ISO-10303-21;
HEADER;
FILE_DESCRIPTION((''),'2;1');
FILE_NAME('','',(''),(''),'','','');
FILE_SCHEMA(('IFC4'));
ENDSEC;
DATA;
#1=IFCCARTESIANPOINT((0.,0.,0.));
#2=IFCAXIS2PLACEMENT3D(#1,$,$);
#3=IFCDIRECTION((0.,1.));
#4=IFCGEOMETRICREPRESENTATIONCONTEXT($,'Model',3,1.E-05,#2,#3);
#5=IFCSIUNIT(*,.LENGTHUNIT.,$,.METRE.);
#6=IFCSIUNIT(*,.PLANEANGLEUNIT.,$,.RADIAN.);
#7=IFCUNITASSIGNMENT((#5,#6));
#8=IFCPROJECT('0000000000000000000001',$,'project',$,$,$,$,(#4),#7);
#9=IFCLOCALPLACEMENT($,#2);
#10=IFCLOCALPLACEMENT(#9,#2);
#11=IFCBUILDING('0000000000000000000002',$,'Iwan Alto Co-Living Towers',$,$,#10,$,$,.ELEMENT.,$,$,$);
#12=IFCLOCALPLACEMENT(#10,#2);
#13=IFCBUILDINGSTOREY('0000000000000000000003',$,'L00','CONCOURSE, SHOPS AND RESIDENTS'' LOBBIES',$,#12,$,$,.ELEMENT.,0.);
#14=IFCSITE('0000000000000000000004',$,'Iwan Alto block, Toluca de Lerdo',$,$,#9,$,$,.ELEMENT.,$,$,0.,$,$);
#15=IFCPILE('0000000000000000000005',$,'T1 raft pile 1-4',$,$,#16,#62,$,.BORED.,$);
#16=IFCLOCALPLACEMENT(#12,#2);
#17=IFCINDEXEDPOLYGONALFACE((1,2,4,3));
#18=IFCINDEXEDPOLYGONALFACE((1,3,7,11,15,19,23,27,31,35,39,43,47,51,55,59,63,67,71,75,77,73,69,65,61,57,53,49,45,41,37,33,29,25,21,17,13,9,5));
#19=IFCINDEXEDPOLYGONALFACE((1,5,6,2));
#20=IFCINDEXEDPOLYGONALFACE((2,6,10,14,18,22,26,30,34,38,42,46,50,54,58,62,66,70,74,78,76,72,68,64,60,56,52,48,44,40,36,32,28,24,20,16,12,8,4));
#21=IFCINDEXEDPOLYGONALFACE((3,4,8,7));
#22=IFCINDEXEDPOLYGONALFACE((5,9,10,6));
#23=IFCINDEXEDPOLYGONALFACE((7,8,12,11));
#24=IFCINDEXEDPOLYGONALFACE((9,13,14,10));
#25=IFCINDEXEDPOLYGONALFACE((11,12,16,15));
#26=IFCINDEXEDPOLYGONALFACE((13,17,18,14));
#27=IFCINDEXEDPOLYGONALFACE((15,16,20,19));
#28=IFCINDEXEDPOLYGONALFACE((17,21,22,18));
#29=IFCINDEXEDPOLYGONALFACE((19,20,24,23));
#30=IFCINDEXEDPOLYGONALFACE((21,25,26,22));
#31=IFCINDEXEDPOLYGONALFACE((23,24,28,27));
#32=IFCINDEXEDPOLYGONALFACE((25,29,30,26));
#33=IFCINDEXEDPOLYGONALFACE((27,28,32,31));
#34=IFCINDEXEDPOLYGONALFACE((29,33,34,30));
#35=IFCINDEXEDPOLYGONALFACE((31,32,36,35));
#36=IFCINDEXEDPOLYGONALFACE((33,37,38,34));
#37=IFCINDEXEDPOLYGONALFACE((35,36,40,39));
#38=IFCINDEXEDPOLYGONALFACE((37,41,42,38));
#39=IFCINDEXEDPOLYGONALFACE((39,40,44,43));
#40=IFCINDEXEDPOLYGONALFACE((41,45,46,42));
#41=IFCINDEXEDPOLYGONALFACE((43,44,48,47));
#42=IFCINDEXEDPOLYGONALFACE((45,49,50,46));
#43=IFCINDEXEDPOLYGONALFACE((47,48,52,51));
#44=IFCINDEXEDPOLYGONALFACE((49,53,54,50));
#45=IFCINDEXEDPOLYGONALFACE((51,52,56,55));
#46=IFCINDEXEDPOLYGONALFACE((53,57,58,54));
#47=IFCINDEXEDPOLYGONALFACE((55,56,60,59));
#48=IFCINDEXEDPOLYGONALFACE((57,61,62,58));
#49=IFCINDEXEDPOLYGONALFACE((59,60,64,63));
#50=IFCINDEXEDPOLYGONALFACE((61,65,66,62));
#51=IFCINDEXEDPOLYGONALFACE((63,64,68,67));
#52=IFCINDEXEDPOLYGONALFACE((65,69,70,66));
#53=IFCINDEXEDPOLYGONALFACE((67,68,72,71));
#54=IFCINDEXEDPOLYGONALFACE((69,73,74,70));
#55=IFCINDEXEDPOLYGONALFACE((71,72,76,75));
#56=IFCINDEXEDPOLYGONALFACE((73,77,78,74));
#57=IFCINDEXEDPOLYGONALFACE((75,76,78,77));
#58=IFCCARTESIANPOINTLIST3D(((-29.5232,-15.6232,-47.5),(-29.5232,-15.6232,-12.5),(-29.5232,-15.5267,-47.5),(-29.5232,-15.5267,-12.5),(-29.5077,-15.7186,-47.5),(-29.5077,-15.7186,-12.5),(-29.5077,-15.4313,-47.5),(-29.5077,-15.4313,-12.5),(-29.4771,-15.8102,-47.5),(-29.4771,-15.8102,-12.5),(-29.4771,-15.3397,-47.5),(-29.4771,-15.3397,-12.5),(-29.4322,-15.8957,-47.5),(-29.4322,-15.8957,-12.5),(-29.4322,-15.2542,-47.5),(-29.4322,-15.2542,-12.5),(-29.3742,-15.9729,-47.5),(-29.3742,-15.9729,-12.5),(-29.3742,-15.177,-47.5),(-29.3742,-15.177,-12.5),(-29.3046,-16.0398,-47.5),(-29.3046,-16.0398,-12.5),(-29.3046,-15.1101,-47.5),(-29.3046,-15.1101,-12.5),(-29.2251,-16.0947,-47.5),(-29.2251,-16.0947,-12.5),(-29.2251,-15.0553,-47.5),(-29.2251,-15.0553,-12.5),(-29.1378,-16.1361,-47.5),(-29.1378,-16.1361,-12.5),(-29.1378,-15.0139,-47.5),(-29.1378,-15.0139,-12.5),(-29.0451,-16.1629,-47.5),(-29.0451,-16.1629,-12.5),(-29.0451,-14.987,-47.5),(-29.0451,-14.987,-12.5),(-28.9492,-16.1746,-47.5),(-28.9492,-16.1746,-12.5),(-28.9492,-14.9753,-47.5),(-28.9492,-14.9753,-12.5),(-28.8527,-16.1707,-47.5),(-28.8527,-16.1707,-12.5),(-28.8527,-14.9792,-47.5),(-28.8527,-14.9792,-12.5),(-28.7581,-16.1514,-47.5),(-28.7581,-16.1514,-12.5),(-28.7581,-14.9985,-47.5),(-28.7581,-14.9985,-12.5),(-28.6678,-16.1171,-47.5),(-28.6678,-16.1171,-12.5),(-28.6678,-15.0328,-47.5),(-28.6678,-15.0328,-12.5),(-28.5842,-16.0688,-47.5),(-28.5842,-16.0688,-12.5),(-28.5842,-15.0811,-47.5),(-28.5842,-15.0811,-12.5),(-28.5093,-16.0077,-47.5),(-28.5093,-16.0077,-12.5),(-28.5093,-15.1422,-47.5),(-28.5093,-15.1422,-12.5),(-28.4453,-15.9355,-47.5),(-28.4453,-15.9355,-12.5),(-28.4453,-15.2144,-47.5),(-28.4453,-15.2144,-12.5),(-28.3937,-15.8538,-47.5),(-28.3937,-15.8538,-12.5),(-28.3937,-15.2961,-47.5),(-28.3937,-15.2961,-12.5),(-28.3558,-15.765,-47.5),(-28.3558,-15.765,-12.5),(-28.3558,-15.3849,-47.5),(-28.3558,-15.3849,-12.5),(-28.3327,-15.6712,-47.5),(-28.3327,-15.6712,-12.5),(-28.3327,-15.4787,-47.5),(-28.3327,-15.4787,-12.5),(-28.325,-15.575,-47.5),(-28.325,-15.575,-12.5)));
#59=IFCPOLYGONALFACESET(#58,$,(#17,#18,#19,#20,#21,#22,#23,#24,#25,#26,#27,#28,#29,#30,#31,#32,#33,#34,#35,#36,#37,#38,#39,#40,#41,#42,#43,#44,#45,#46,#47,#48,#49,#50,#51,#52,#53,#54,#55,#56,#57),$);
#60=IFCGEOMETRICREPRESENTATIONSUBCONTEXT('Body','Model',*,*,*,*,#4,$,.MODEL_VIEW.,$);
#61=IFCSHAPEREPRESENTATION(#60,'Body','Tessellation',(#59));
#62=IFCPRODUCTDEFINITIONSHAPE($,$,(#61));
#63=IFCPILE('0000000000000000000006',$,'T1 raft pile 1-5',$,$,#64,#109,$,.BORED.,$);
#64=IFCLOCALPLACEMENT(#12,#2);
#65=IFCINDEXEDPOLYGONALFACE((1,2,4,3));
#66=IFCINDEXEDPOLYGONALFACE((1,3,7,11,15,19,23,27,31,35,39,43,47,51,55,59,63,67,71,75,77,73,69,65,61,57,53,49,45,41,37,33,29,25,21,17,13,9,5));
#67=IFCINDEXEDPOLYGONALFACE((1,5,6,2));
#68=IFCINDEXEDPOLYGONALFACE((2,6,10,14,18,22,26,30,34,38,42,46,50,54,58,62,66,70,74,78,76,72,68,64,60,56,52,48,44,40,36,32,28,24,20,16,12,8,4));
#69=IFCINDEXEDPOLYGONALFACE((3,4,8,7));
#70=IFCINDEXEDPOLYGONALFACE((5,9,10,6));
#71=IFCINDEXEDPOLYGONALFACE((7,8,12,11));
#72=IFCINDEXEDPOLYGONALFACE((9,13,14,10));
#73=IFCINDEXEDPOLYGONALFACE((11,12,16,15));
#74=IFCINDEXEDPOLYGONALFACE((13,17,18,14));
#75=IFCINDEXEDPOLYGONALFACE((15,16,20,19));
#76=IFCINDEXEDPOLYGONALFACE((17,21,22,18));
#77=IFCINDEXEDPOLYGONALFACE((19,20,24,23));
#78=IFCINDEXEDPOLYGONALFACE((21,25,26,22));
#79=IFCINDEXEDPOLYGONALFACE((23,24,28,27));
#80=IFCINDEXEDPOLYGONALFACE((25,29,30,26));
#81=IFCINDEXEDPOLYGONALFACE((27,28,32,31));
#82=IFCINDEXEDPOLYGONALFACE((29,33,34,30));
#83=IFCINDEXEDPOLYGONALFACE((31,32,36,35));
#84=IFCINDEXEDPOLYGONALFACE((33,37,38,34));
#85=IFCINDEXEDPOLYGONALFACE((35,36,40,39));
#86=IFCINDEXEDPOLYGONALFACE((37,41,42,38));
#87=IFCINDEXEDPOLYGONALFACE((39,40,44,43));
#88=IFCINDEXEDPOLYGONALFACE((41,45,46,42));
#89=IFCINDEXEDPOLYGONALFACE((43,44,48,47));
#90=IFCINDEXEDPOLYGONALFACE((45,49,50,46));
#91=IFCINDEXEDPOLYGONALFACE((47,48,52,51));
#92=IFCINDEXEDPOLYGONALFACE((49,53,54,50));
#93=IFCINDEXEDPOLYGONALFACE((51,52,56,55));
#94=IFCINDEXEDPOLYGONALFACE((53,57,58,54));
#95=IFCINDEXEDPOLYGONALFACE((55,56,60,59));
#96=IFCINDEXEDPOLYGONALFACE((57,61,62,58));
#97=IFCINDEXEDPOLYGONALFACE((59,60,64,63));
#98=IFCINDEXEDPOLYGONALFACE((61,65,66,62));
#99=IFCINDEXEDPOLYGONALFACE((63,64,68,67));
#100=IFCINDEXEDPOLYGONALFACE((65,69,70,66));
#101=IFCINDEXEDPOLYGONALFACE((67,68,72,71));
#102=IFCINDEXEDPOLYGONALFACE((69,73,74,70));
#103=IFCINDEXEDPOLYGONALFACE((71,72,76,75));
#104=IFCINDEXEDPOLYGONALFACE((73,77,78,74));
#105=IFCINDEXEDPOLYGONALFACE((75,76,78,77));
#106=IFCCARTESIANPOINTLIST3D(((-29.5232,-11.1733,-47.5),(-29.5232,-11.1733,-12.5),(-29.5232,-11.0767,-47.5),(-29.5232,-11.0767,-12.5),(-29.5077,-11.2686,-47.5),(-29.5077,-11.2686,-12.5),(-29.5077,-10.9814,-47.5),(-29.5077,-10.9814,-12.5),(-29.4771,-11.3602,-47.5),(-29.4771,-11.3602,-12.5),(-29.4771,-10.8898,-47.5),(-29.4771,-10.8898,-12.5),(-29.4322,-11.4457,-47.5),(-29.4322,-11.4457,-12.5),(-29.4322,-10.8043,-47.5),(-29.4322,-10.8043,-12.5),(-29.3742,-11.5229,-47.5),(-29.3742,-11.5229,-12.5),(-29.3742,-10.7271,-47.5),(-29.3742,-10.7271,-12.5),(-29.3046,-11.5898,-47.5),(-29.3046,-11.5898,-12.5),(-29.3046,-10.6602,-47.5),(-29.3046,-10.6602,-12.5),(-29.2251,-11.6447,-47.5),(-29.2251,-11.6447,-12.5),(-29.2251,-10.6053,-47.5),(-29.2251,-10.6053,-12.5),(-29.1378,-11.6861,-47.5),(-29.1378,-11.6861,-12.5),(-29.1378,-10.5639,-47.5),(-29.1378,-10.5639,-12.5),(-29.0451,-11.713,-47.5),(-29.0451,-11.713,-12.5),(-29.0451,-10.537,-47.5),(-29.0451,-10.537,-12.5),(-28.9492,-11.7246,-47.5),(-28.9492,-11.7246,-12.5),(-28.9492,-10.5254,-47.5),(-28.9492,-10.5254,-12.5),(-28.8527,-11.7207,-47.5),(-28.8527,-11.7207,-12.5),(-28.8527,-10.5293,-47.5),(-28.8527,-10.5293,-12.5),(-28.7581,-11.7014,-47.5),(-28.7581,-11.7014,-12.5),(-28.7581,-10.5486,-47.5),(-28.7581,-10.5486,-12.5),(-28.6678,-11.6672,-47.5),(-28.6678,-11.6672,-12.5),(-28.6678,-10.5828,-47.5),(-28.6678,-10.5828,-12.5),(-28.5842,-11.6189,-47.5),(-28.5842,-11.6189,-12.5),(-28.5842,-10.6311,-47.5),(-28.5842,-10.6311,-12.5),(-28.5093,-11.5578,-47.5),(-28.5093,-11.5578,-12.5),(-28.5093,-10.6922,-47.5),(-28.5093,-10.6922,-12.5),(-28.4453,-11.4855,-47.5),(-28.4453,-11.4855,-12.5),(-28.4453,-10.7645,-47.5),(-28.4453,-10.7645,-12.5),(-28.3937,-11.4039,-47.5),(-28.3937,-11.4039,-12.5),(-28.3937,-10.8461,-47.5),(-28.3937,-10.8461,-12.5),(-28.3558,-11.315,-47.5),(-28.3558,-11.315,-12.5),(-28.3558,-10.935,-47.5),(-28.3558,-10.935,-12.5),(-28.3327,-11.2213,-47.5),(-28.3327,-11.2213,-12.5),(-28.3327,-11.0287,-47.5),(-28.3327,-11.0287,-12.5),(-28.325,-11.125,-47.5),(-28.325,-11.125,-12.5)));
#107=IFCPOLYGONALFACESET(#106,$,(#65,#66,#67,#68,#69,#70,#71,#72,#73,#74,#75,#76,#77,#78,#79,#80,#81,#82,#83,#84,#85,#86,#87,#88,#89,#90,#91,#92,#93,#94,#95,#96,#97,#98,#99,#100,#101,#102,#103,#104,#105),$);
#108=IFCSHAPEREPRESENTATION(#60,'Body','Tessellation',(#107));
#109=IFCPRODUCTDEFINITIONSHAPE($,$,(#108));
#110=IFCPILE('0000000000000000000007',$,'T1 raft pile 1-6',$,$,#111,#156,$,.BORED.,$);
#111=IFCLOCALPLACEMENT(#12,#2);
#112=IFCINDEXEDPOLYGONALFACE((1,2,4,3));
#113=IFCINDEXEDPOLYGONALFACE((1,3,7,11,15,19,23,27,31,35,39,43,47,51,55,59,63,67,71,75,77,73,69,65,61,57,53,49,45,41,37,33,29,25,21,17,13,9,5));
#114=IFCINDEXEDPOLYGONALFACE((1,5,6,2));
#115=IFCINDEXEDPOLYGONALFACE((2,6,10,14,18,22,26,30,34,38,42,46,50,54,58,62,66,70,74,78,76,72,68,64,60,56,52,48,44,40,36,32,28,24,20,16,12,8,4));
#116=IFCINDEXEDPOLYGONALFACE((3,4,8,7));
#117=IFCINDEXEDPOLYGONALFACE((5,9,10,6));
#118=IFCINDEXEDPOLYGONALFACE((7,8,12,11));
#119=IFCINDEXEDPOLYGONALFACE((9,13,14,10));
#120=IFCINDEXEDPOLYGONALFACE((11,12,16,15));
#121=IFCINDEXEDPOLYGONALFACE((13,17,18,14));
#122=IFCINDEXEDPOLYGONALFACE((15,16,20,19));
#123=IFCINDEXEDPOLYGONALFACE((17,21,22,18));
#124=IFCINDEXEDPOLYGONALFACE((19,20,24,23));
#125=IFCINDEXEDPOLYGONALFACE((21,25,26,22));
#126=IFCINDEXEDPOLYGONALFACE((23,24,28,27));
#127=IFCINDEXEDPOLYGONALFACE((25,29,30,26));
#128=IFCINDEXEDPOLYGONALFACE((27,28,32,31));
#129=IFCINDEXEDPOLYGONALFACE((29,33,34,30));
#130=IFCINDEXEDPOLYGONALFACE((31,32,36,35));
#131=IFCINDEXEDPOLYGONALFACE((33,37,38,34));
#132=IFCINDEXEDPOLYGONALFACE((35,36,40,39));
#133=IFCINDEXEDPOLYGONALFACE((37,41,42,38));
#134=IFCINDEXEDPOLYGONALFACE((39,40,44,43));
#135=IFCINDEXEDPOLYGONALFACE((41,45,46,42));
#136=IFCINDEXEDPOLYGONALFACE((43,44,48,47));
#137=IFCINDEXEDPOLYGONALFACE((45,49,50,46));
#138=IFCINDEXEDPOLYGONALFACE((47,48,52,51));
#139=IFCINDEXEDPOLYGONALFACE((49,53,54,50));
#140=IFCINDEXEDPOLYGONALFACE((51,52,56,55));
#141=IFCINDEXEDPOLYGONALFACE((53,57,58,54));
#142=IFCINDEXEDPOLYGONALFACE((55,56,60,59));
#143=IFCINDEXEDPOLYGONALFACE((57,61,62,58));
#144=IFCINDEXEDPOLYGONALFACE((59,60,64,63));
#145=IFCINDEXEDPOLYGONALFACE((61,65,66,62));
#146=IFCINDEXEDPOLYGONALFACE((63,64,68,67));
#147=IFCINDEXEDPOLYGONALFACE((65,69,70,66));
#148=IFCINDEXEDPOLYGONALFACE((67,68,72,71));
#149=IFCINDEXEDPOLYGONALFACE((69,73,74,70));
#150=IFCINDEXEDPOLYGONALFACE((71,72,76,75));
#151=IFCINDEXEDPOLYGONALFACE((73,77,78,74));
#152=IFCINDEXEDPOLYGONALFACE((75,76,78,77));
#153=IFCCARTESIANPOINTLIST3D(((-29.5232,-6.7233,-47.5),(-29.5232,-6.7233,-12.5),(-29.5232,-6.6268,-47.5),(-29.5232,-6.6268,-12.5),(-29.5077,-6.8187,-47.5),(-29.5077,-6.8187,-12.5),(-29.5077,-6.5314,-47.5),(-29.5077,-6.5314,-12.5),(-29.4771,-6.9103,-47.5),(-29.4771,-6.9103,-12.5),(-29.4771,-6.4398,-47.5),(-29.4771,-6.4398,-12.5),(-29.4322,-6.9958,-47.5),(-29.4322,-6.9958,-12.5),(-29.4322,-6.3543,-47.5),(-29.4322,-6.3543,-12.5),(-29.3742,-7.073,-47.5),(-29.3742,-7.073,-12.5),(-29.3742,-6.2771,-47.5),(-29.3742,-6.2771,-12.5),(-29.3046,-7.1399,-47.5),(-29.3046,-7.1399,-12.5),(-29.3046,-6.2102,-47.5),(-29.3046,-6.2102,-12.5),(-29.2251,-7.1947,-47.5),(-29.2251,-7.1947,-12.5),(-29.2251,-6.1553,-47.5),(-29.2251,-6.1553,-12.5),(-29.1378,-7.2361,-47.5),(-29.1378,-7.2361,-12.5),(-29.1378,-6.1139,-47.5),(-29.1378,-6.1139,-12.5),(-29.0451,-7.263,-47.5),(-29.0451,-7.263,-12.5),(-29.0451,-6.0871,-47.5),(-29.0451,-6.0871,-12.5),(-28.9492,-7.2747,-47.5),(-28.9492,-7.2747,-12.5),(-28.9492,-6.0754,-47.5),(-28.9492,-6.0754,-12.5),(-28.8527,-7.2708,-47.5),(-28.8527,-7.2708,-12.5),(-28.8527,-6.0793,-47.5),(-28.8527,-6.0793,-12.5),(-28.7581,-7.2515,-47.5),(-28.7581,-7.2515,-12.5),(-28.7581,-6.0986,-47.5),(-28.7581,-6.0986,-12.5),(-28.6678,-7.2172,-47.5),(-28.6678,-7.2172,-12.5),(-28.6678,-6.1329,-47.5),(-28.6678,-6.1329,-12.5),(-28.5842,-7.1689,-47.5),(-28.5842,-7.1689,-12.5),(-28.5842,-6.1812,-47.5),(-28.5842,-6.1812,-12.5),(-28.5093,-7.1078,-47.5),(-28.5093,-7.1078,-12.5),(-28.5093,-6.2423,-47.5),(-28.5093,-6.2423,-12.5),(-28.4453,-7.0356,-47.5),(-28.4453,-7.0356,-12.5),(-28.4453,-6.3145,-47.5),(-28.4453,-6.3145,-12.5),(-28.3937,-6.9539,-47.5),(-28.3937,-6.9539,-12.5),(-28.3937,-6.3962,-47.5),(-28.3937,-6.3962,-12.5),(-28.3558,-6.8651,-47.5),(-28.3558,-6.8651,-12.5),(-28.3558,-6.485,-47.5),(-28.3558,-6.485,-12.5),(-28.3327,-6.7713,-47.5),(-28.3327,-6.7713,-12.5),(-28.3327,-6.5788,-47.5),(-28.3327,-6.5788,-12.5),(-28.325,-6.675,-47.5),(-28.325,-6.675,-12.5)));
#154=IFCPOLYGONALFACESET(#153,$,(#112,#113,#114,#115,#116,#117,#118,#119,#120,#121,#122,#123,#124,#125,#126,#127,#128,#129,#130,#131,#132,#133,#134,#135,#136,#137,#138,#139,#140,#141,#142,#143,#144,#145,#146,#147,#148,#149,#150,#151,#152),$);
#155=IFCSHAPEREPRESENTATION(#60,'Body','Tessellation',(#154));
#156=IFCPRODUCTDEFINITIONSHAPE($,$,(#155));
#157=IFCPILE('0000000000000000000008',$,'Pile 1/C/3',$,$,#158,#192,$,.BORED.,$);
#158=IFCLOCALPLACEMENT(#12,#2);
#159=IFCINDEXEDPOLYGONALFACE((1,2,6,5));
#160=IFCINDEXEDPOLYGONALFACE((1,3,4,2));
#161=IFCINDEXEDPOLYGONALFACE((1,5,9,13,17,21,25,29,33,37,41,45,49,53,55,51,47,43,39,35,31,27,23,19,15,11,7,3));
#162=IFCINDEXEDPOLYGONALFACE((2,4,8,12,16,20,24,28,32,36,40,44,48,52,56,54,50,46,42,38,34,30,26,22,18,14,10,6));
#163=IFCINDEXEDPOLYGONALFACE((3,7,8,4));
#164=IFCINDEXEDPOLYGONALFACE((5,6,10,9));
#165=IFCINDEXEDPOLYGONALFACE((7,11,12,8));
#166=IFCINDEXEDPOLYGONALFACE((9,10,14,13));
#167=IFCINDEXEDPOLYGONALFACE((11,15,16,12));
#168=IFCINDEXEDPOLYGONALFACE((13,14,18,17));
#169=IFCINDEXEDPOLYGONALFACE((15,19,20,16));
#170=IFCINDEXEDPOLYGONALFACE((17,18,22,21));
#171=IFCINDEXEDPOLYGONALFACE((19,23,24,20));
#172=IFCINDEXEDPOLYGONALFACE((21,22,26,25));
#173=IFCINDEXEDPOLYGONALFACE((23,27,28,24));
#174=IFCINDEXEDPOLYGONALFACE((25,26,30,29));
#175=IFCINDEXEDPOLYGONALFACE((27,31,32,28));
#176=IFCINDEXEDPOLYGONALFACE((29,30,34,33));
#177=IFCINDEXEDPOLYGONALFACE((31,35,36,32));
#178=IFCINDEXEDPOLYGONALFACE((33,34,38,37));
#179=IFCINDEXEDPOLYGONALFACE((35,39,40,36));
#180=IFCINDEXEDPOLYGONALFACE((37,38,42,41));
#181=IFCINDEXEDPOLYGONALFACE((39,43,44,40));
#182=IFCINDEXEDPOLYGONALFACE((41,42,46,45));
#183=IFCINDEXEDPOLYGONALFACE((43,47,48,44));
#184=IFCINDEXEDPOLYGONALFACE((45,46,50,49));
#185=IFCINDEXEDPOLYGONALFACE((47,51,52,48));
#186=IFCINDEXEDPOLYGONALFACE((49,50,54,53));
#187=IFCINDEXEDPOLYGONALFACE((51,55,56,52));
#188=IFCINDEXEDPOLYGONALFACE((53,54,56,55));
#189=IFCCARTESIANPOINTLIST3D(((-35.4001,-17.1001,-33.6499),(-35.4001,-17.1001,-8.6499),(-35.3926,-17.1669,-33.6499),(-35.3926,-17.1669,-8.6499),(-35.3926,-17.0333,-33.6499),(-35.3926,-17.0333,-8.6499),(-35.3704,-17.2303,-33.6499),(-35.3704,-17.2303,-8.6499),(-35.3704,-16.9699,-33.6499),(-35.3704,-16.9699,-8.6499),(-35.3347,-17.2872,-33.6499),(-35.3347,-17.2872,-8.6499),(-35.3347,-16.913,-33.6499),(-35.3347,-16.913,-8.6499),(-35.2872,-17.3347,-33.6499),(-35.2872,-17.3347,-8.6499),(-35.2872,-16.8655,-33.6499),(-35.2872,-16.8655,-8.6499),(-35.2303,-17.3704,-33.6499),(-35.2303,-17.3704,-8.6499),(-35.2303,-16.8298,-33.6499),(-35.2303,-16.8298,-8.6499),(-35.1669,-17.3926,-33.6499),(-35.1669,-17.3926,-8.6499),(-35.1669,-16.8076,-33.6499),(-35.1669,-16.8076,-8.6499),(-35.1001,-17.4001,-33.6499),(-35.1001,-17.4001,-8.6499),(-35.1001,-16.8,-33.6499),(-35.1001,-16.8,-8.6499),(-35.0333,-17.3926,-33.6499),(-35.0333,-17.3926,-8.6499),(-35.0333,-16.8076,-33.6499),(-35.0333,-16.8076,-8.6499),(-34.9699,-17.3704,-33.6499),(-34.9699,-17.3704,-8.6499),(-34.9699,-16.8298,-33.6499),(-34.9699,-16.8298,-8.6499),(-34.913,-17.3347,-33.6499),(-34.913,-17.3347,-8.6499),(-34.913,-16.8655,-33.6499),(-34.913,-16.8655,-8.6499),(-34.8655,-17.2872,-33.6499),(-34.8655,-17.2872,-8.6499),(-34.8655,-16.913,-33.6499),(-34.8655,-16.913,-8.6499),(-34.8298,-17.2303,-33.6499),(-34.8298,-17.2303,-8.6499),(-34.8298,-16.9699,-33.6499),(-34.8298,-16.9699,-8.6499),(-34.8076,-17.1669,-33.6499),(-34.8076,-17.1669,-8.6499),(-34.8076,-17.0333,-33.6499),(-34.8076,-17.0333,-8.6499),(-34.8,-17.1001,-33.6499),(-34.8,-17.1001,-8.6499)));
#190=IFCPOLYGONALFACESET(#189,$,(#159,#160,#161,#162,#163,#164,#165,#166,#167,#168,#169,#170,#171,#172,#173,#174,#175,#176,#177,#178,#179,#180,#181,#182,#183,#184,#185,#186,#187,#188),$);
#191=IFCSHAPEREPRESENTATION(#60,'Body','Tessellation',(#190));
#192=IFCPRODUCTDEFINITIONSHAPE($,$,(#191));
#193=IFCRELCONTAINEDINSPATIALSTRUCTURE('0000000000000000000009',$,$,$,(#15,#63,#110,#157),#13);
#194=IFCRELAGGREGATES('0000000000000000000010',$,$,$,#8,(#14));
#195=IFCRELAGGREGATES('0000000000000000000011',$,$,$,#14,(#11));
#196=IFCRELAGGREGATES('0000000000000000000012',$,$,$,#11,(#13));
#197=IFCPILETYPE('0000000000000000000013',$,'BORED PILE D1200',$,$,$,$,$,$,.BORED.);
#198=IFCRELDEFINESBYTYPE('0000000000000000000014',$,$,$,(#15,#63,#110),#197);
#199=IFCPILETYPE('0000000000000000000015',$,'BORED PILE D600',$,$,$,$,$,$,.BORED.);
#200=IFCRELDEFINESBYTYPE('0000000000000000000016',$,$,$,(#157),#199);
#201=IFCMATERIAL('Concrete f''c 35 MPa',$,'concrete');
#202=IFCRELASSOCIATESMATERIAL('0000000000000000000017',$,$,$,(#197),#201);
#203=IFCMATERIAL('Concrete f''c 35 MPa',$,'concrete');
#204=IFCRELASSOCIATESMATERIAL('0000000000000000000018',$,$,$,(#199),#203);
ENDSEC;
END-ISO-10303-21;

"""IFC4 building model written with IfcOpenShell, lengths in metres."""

from ifc_helpers import new_model, si_unit, direction, frame, origin, origin_2d, place, context, subcontext, project, spatial, circle, extrude, material, material_profile, profile_set, type_object, element, save


model = new_model("IFC4")

# Units and contexts
model_context = context("Model", 3, precision=1e-05, world=origin(), true_north=direction((0.0, 1.0)))
body_context = subcontext(model_context, "Body", "Model", "MODEL_VIEW")
ifc_project = project(units=[si_unit("LENGTHUNIT", "METRE"), si_unit("PLANEANGLEUNIT", "RADIAN")], contexts=[model_context])

# Site, building, storey
site_placement = place(None, origin())
site = spatial("IfcSite", under=ifc_project, at=site_placement, Name="Iwan Alto block, Toluca de Lerdo", CompositionType="ELEMENT", RefElevation=0.0)
building_placement = place(site_placement, origin())
building = spatial("IfcBuilding", under=site, at=building_placement, Name="Iwan Alto Co-Living Towers", CompositionType="ELEMENT")
storey_placement = place(building_placement, origin())
storey = spatial("IfcBuildingStorey", under=building, at=storey_placement, Name="L00", Description="CONCOURSE, SHOPS AND RESIDENTS' LOBBIES", CompositionType="ELEMENT", Elevation=0.0)

# Piles
ifc_material_1 = material(Name="Concrete f'c 35 MPa", Category="concrete")
ifc_material_profile_1 = material_profile(ifc_material_1, circle(Radius=0.6001, at=origin_2d()), Name="D1200")
ifc_profile_set_1 = profile_set([ifc_material_profile_1], Name="Concrete f'c 35 MPa")
pile_type_1 = type_object("IfcPileType", Name="BORED PILE D1200", PredefinedType="BORED", material=ifc_profile_set_1)
for number, where, z_axis, x_axis, name in (
    (1, (-28.925, -15.575, -12.5), (0.0, 0.0, -1.0), (1.0, 0.0, 0.0), "T1 raft pile 1-4"),
    (2, (-28.925, -11.125, -12.5), (0.0, 0.0, -1.0), (1.0, 0.0, 0.0), "T1 raft pile 1-5"),
    (3, (-28.925, -6.675, -12.5), (0.0, 0.0, -1.0), (1.0, 0.0, 0.0), "T1 raft pile 1-6"),
):
    element("IfcPile", number, at=place(storey_placement, frame(where, z_axis=z_axis, x_axis=x_axis)), inside=storey, type_object=pile_type_1, Name=name, PredefinedType="BORED", context=body_context, shape_type="SweptSolid", body=[
        extrude(circle(Radius=0.6001, at=origin_2d()), origin(), (0.0, 0.0, 1.0), 35.0),
    ])
ifc_material_2 = material(Name="Concrete f'c 35 MPa", Category="concrete")
ifc_material_profile_2 = material_profile(ifc_material_2, circle(Radius=0.3, at=origin_2d()), Name="D600")
ifc_profile_set_2 = profile_set([ifc_material_profile_2], Name="Concrete f'c 35 MPa")
pile_type_2 = type_object("IfcPileType", Name="BORED PILE D600", PredefinedType="BORED", material=ifc_profile_set_2)
for number, where, z_axis, x_axis, name in (
    (4, (-35.1001, -17.1001, -8.6499), (0.0, 0.0, -1.0), (1.0, 0.0, 0.0), "Pile 1/C/3"),
):
    element("IfcPile", number, at=place(storey_placement, frame(where, z_axis=z_axis, x_axis=x_axis)), inside=storey, type_object=pile_type_2, Name=name, PredefinedType="BORED", context=body_context, shape_type="SweptSolid", body=[
        extrude(circle(Radius=0.3, at=origin_2d()), origin(), (0.0, 0.0, 1.0), 25.0),
    ])

save(model, "model.ifc")
